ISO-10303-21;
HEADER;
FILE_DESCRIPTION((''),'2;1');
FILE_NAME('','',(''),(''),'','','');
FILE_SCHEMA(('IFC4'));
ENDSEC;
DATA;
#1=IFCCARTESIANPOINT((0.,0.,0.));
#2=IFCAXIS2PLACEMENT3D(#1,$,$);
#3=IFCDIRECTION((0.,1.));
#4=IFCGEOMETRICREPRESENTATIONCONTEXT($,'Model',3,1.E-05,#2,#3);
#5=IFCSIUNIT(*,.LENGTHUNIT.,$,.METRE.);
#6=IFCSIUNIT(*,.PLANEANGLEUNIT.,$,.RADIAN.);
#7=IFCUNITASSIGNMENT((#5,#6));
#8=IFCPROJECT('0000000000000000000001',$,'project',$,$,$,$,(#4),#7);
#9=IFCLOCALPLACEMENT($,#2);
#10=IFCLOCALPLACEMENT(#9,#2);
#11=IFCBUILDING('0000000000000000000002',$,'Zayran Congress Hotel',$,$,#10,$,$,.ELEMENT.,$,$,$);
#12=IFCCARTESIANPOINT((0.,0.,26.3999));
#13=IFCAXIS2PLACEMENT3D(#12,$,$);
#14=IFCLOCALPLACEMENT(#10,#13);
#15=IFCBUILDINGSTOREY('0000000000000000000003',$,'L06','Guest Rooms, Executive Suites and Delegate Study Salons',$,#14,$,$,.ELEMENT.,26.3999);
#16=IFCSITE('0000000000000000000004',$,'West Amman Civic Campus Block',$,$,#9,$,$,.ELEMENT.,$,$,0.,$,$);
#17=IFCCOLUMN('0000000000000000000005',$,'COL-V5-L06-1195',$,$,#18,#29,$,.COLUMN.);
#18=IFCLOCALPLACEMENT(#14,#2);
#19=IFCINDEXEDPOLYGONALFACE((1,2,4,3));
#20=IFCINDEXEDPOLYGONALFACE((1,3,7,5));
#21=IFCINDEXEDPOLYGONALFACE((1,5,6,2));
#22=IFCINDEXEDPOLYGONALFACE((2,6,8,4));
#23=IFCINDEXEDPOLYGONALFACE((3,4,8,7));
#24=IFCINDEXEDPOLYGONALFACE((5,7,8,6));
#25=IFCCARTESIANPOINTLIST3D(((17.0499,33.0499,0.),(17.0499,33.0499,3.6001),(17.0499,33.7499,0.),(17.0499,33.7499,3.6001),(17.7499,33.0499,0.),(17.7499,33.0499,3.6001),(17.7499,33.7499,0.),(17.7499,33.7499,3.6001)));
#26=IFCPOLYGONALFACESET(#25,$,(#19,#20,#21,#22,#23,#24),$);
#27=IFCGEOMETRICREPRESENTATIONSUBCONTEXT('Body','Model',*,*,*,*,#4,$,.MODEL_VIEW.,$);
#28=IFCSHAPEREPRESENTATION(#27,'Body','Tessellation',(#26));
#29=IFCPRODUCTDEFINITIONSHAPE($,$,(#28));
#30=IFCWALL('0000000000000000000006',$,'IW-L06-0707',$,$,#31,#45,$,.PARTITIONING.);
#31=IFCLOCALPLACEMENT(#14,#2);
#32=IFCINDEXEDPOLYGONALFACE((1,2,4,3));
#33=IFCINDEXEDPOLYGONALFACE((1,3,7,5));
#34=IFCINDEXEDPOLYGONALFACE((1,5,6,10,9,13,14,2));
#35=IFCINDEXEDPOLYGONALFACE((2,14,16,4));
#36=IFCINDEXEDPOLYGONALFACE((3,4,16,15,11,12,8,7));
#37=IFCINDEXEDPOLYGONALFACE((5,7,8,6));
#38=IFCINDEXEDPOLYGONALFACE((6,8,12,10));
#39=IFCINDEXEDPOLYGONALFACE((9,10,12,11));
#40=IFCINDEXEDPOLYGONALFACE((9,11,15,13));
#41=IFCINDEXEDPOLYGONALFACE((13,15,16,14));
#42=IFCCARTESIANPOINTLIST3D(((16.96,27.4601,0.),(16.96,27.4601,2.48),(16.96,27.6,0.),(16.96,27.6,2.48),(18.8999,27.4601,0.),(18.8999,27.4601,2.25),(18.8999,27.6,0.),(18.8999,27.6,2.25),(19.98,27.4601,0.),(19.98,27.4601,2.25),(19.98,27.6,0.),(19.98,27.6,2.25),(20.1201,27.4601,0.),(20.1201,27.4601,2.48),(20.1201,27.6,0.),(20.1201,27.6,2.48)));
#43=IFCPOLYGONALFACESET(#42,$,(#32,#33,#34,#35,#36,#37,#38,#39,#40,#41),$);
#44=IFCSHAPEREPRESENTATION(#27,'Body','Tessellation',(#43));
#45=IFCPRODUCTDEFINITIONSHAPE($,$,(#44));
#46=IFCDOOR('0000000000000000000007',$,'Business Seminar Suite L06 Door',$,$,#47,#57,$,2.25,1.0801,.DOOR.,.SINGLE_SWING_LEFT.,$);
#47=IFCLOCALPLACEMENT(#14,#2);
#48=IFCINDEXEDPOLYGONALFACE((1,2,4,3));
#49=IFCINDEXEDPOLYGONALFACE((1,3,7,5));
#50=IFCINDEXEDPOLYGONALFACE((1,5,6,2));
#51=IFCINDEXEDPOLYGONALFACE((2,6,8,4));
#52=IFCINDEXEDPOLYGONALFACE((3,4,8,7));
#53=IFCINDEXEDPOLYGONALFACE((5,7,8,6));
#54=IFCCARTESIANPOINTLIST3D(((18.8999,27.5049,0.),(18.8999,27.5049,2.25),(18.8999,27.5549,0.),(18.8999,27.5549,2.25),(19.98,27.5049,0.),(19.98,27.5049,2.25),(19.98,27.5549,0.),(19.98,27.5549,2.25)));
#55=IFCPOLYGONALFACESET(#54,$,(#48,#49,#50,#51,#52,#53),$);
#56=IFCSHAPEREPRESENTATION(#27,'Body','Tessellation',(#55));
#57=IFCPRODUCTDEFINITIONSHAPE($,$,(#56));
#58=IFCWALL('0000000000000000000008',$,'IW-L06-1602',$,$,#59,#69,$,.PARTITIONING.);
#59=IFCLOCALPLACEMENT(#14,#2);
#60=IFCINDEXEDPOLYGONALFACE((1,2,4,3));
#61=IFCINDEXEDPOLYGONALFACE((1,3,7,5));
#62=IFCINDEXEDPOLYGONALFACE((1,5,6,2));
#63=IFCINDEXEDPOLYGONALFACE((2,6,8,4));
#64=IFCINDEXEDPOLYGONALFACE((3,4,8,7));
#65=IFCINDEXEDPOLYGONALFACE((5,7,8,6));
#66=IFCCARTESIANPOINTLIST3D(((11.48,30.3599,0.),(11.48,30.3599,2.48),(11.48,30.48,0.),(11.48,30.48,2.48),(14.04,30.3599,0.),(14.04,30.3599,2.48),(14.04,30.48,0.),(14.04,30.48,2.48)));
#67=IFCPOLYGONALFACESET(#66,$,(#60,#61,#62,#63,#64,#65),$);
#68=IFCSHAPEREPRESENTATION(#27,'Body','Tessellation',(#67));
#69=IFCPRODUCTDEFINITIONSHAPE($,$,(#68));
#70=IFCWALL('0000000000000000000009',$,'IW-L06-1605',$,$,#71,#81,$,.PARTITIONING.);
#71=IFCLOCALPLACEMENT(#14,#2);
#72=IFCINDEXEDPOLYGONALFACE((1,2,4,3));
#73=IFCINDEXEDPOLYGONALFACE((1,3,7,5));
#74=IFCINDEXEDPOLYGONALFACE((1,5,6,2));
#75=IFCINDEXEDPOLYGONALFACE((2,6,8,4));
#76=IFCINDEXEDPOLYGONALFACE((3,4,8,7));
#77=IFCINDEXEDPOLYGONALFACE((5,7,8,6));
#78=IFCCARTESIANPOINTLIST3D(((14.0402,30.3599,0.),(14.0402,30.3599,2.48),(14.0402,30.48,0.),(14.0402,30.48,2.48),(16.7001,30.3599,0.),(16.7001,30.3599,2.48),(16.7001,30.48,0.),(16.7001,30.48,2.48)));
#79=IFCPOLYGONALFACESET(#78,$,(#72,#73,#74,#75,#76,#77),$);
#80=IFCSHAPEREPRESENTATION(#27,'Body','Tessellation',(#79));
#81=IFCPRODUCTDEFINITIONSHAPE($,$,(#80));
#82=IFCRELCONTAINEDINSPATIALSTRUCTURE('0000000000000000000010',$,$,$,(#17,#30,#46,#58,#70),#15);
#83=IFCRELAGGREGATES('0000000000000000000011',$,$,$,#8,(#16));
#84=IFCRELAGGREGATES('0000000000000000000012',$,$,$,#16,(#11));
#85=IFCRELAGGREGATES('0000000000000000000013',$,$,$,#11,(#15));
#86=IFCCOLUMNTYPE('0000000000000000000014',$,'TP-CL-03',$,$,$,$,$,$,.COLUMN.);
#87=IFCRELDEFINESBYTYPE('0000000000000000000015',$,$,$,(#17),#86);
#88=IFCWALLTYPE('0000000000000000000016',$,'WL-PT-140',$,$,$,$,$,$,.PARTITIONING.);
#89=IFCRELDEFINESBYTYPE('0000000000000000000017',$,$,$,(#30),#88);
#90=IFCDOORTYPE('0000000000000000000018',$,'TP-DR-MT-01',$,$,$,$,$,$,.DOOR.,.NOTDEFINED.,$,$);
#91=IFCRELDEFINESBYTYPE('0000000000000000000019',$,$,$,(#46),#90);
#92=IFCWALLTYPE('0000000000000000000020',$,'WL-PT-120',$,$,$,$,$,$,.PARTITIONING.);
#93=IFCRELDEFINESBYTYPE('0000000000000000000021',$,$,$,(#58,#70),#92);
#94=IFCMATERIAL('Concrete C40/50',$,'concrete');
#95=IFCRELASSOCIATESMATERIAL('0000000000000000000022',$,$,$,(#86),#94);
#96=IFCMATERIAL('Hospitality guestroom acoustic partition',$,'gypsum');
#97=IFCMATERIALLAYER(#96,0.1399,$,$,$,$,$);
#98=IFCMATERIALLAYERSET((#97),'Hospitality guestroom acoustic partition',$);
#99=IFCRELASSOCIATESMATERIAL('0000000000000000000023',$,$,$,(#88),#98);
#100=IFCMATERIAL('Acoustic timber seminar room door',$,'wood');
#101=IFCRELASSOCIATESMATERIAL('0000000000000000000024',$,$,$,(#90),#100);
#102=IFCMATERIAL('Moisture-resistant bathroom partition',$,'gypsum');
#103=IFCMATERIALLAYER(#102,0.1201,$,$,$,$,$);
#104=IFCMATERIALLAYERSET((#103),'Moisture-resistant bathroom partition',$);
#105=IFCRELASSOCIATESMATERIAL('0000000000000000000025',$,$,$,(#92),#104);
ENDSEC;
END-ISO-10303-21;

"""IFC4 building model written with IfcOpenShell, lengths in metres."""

from ifc_helpers import new_model, si_unit, direction, frame, frame_2d, origin, origin_2d, place, context, subcontext, project, spatial, rectangle, extrude, material, layer, layer_set, material_profile, profile_set, type_object, element, fill, save


model = new_model("IFC4")

# Units and contexts
model_context = context("Model", 3, precision=1e-05, world=origin(), true_north=direction((0.0, 1.0)))
body_context = subcontext(model_context, "Body", "Model", "MODEL_VIEW")
ifc_project = project(units=[si_unit("LENGTHUNIT", "METRE"), si_unit("PLANEANGLEUNIT", "RADIAN")], contexts=[model_context])

# Site, building, storey
site_placement = place(None, origin())
site = spatial("IfcSite", under=ifc_project, at=site_placement, Name="West Amman Civic Campus Block", CompositionType="ELEMENT", RefElevation=0.0)
building_placement = place(site_placement, origin())
building = spatial("IfcBuilding", under=site, at=building_placement, Name="Zayran Congress Hotel", CompositionType="ELEMENT")
storey_placement = place(building_placement, frame((0.0, 0.0, 26.3999)))
storey = spatial("IfcBuildingStorey", under=building, at=storey_placement, Name="L06", Description="Guest Rooms, Executive Suites and Delegate Study Salons", CompositionType="ELEMENT", Elevation=26.3999)

# Column
ifc_material_1 = material(Name="Concrete C40/50", Category="concrete")
ifc_material_profile = material_profile(ifc_material_1, rectangle(XDim=0.7, YDim=0.7, at=origin_2d()), Name="RC 700x700")
ifc_profile_set = profile_set([ifc_material_profile], Name="Concrete C40/50")
column_type = type_object("IfcColumnType", Name="TP-CL-03", PredefinedType="COLUMN", material=ifc_profile_set)
column_placement = place(storey_placement, frame((17.3999, 33.3999, 0.0), z_axis=(0.0, 0.0, 1.0), x_axis=(1.0, 0.0, 0.0)))
element("IfcColumn", 1, at=column_placement, inside=storey, type_object=column_type, Name="COL-V5-L06-1195", PredefinedType="COLUMN", context=body_context, shape_type="SweptSolid", body=[
    extrude(rectangle(XDim=0.7, YDim=0.7, at=origin_2d()), origin(), (0.0, 0.0, 1.0), 3.6001),
])

# Wall, opening, door
ifc_material_2 = material(Name="Hospitality guestroom acoustic partition", Category="gypsum")
ifc_layer_1 = layer(ifc_material_2, 0.1399)
ifc_layer_set_1 = layer_set([ifc_layer_1], Name="Hospitality guestroom acoustic partition")
wall_type_1 = type_object("IfcWallType", Name="WL-PT-140", PredefinedType="PARTITIONING", material=ifc_layer_set_1)
wall_1_placement = place(storey_placement, frame((16.96, 27.53, 0.0), z_axis=(0.0, 0.0, 1.0), x_axis=(1.0, 0.0, 0.0)))
wall_1 = element("IfcWall", 2, at=wall_1_placement, inside=storey, type_object=wall_type_1, Name="IW-L06-0707", PredefinedType="PARTITIONING", context=body_context, shape_type="SweptSolid", body=[
    extrude(rectangle(XDim=3.1602, YDim=0.1399, at=frame_2d((1.5801, 0.0))), origin(), (0.0, 0.0, 1.0), 2.48),
])
opening_1_placement = place(wall_1_placement, frame((1.9399, 0.0, 0.0)))
opening_1 = element("IfcOpeningElement", 3, at=opening_1_placement, cuts=wall_1, PredefinedType="OPENING", context=body_context, shape_type="SweptSolid", body=[
    extrude(rectangle(XDim=1.0801, YDim=2.25, at=frame_2d((0.54, 1.125))), frame((0.0, 0.0798, 0.0), z_axis=(0.0, -1.0, 0.0), x_axis=(1.0, 0.0, 0.0)), (0.0, 0.0, 1.0), 0.1599),
])
ifc_material_3 = material(Name="Acoustic timber seminar room door", Category="wood")
door_type_1 = type_object("IfcDoorType", Name="TP-DR-MT-01", OperationType="NOTDEFINED", PredefinedType="DOOR", material=ifc_material_3)
door_1_placement = place(opening_1_placement, origin())
door_1 = element("IfcDoor", 4, at=door_1_placement, inside=storey, type_object=door_type_1, Name="Business Seminar Suite L06 Door", OperationType="SINGLE_SWING_LEFT", OverallHeight=2.25, OverallWidth=1.0801, PredefinedType="DOOR", context=body_context, shape_type="SweptSolid", body=[
    extrude(rectangle(XDim=1.0801, YDim=2.25, at=frame_2d((0.54, 1.125))), frame((0.0, 0.0249, 0.0), z_axis=(0.0, -1.0, 0.0), x_axis=(1.0, 0.0, 0.0)), (0.0, 0.0, 1.0), 0.05),
])
fill(opening_1, door_1)
ifc_material_4 = material(Name="Moisture-resistant bathroom partition", Category="gypsum")
ifc_layer_2 = layer(ifc_material_4, 0.1201)
ifc_layer_set_2 = layer_set([ifc_layer_2], Name="Moisture-resistant bathroom partition")
wall_type_2 = type_object("IfcWallType", Name="WL-PT-120", PredefinedType="PARTITIONING", material=ifc_layer_set_2)

# Walls
wall_2_placement = place(storey_placement, frame((11.48, 30.4199, 0.0), z_axis=(0.0, 0.0, 1.0), x_axis=(1.0, 0.0, 0.0)))
element("IfcWall", 5, at=wall_2_placement, inside=storey, type_object=wall_type_2, Name="IW-L06-1602", PredefinedType="PARTITIONING", context=body_context, shape_type="SweptSolid", body=[
    extrude(rectangle(XDim=2.5601, YDim=0.1201, at=frame_2d((1.28, 0.0))), origin(), (0.0, 0.0, 1.0), 2.48),
])
wall_3_placement = place(storey_placement, frame((14.04, 30.4199, 0.0), z_axis=(0.0, 0.0, 1.0), x_axis=(1.0, 0.0, 0.0)))
element("IfcWall", 6, at=wall_3_placement, inside=storey, type_object=wall_type_2, Name="IW-L06-1605", PredefinedType="PARTITIONING", context=body_context, shape_type="SweptSolid", body=[
    extrude(rectangle(XDim=2.6599, YDim=0.1201, at=frame_2d((1.3301, 0.0))), origin(), (0.0, 0.0, 1.0), 2.48),
])

save(model, "model.ifc")
